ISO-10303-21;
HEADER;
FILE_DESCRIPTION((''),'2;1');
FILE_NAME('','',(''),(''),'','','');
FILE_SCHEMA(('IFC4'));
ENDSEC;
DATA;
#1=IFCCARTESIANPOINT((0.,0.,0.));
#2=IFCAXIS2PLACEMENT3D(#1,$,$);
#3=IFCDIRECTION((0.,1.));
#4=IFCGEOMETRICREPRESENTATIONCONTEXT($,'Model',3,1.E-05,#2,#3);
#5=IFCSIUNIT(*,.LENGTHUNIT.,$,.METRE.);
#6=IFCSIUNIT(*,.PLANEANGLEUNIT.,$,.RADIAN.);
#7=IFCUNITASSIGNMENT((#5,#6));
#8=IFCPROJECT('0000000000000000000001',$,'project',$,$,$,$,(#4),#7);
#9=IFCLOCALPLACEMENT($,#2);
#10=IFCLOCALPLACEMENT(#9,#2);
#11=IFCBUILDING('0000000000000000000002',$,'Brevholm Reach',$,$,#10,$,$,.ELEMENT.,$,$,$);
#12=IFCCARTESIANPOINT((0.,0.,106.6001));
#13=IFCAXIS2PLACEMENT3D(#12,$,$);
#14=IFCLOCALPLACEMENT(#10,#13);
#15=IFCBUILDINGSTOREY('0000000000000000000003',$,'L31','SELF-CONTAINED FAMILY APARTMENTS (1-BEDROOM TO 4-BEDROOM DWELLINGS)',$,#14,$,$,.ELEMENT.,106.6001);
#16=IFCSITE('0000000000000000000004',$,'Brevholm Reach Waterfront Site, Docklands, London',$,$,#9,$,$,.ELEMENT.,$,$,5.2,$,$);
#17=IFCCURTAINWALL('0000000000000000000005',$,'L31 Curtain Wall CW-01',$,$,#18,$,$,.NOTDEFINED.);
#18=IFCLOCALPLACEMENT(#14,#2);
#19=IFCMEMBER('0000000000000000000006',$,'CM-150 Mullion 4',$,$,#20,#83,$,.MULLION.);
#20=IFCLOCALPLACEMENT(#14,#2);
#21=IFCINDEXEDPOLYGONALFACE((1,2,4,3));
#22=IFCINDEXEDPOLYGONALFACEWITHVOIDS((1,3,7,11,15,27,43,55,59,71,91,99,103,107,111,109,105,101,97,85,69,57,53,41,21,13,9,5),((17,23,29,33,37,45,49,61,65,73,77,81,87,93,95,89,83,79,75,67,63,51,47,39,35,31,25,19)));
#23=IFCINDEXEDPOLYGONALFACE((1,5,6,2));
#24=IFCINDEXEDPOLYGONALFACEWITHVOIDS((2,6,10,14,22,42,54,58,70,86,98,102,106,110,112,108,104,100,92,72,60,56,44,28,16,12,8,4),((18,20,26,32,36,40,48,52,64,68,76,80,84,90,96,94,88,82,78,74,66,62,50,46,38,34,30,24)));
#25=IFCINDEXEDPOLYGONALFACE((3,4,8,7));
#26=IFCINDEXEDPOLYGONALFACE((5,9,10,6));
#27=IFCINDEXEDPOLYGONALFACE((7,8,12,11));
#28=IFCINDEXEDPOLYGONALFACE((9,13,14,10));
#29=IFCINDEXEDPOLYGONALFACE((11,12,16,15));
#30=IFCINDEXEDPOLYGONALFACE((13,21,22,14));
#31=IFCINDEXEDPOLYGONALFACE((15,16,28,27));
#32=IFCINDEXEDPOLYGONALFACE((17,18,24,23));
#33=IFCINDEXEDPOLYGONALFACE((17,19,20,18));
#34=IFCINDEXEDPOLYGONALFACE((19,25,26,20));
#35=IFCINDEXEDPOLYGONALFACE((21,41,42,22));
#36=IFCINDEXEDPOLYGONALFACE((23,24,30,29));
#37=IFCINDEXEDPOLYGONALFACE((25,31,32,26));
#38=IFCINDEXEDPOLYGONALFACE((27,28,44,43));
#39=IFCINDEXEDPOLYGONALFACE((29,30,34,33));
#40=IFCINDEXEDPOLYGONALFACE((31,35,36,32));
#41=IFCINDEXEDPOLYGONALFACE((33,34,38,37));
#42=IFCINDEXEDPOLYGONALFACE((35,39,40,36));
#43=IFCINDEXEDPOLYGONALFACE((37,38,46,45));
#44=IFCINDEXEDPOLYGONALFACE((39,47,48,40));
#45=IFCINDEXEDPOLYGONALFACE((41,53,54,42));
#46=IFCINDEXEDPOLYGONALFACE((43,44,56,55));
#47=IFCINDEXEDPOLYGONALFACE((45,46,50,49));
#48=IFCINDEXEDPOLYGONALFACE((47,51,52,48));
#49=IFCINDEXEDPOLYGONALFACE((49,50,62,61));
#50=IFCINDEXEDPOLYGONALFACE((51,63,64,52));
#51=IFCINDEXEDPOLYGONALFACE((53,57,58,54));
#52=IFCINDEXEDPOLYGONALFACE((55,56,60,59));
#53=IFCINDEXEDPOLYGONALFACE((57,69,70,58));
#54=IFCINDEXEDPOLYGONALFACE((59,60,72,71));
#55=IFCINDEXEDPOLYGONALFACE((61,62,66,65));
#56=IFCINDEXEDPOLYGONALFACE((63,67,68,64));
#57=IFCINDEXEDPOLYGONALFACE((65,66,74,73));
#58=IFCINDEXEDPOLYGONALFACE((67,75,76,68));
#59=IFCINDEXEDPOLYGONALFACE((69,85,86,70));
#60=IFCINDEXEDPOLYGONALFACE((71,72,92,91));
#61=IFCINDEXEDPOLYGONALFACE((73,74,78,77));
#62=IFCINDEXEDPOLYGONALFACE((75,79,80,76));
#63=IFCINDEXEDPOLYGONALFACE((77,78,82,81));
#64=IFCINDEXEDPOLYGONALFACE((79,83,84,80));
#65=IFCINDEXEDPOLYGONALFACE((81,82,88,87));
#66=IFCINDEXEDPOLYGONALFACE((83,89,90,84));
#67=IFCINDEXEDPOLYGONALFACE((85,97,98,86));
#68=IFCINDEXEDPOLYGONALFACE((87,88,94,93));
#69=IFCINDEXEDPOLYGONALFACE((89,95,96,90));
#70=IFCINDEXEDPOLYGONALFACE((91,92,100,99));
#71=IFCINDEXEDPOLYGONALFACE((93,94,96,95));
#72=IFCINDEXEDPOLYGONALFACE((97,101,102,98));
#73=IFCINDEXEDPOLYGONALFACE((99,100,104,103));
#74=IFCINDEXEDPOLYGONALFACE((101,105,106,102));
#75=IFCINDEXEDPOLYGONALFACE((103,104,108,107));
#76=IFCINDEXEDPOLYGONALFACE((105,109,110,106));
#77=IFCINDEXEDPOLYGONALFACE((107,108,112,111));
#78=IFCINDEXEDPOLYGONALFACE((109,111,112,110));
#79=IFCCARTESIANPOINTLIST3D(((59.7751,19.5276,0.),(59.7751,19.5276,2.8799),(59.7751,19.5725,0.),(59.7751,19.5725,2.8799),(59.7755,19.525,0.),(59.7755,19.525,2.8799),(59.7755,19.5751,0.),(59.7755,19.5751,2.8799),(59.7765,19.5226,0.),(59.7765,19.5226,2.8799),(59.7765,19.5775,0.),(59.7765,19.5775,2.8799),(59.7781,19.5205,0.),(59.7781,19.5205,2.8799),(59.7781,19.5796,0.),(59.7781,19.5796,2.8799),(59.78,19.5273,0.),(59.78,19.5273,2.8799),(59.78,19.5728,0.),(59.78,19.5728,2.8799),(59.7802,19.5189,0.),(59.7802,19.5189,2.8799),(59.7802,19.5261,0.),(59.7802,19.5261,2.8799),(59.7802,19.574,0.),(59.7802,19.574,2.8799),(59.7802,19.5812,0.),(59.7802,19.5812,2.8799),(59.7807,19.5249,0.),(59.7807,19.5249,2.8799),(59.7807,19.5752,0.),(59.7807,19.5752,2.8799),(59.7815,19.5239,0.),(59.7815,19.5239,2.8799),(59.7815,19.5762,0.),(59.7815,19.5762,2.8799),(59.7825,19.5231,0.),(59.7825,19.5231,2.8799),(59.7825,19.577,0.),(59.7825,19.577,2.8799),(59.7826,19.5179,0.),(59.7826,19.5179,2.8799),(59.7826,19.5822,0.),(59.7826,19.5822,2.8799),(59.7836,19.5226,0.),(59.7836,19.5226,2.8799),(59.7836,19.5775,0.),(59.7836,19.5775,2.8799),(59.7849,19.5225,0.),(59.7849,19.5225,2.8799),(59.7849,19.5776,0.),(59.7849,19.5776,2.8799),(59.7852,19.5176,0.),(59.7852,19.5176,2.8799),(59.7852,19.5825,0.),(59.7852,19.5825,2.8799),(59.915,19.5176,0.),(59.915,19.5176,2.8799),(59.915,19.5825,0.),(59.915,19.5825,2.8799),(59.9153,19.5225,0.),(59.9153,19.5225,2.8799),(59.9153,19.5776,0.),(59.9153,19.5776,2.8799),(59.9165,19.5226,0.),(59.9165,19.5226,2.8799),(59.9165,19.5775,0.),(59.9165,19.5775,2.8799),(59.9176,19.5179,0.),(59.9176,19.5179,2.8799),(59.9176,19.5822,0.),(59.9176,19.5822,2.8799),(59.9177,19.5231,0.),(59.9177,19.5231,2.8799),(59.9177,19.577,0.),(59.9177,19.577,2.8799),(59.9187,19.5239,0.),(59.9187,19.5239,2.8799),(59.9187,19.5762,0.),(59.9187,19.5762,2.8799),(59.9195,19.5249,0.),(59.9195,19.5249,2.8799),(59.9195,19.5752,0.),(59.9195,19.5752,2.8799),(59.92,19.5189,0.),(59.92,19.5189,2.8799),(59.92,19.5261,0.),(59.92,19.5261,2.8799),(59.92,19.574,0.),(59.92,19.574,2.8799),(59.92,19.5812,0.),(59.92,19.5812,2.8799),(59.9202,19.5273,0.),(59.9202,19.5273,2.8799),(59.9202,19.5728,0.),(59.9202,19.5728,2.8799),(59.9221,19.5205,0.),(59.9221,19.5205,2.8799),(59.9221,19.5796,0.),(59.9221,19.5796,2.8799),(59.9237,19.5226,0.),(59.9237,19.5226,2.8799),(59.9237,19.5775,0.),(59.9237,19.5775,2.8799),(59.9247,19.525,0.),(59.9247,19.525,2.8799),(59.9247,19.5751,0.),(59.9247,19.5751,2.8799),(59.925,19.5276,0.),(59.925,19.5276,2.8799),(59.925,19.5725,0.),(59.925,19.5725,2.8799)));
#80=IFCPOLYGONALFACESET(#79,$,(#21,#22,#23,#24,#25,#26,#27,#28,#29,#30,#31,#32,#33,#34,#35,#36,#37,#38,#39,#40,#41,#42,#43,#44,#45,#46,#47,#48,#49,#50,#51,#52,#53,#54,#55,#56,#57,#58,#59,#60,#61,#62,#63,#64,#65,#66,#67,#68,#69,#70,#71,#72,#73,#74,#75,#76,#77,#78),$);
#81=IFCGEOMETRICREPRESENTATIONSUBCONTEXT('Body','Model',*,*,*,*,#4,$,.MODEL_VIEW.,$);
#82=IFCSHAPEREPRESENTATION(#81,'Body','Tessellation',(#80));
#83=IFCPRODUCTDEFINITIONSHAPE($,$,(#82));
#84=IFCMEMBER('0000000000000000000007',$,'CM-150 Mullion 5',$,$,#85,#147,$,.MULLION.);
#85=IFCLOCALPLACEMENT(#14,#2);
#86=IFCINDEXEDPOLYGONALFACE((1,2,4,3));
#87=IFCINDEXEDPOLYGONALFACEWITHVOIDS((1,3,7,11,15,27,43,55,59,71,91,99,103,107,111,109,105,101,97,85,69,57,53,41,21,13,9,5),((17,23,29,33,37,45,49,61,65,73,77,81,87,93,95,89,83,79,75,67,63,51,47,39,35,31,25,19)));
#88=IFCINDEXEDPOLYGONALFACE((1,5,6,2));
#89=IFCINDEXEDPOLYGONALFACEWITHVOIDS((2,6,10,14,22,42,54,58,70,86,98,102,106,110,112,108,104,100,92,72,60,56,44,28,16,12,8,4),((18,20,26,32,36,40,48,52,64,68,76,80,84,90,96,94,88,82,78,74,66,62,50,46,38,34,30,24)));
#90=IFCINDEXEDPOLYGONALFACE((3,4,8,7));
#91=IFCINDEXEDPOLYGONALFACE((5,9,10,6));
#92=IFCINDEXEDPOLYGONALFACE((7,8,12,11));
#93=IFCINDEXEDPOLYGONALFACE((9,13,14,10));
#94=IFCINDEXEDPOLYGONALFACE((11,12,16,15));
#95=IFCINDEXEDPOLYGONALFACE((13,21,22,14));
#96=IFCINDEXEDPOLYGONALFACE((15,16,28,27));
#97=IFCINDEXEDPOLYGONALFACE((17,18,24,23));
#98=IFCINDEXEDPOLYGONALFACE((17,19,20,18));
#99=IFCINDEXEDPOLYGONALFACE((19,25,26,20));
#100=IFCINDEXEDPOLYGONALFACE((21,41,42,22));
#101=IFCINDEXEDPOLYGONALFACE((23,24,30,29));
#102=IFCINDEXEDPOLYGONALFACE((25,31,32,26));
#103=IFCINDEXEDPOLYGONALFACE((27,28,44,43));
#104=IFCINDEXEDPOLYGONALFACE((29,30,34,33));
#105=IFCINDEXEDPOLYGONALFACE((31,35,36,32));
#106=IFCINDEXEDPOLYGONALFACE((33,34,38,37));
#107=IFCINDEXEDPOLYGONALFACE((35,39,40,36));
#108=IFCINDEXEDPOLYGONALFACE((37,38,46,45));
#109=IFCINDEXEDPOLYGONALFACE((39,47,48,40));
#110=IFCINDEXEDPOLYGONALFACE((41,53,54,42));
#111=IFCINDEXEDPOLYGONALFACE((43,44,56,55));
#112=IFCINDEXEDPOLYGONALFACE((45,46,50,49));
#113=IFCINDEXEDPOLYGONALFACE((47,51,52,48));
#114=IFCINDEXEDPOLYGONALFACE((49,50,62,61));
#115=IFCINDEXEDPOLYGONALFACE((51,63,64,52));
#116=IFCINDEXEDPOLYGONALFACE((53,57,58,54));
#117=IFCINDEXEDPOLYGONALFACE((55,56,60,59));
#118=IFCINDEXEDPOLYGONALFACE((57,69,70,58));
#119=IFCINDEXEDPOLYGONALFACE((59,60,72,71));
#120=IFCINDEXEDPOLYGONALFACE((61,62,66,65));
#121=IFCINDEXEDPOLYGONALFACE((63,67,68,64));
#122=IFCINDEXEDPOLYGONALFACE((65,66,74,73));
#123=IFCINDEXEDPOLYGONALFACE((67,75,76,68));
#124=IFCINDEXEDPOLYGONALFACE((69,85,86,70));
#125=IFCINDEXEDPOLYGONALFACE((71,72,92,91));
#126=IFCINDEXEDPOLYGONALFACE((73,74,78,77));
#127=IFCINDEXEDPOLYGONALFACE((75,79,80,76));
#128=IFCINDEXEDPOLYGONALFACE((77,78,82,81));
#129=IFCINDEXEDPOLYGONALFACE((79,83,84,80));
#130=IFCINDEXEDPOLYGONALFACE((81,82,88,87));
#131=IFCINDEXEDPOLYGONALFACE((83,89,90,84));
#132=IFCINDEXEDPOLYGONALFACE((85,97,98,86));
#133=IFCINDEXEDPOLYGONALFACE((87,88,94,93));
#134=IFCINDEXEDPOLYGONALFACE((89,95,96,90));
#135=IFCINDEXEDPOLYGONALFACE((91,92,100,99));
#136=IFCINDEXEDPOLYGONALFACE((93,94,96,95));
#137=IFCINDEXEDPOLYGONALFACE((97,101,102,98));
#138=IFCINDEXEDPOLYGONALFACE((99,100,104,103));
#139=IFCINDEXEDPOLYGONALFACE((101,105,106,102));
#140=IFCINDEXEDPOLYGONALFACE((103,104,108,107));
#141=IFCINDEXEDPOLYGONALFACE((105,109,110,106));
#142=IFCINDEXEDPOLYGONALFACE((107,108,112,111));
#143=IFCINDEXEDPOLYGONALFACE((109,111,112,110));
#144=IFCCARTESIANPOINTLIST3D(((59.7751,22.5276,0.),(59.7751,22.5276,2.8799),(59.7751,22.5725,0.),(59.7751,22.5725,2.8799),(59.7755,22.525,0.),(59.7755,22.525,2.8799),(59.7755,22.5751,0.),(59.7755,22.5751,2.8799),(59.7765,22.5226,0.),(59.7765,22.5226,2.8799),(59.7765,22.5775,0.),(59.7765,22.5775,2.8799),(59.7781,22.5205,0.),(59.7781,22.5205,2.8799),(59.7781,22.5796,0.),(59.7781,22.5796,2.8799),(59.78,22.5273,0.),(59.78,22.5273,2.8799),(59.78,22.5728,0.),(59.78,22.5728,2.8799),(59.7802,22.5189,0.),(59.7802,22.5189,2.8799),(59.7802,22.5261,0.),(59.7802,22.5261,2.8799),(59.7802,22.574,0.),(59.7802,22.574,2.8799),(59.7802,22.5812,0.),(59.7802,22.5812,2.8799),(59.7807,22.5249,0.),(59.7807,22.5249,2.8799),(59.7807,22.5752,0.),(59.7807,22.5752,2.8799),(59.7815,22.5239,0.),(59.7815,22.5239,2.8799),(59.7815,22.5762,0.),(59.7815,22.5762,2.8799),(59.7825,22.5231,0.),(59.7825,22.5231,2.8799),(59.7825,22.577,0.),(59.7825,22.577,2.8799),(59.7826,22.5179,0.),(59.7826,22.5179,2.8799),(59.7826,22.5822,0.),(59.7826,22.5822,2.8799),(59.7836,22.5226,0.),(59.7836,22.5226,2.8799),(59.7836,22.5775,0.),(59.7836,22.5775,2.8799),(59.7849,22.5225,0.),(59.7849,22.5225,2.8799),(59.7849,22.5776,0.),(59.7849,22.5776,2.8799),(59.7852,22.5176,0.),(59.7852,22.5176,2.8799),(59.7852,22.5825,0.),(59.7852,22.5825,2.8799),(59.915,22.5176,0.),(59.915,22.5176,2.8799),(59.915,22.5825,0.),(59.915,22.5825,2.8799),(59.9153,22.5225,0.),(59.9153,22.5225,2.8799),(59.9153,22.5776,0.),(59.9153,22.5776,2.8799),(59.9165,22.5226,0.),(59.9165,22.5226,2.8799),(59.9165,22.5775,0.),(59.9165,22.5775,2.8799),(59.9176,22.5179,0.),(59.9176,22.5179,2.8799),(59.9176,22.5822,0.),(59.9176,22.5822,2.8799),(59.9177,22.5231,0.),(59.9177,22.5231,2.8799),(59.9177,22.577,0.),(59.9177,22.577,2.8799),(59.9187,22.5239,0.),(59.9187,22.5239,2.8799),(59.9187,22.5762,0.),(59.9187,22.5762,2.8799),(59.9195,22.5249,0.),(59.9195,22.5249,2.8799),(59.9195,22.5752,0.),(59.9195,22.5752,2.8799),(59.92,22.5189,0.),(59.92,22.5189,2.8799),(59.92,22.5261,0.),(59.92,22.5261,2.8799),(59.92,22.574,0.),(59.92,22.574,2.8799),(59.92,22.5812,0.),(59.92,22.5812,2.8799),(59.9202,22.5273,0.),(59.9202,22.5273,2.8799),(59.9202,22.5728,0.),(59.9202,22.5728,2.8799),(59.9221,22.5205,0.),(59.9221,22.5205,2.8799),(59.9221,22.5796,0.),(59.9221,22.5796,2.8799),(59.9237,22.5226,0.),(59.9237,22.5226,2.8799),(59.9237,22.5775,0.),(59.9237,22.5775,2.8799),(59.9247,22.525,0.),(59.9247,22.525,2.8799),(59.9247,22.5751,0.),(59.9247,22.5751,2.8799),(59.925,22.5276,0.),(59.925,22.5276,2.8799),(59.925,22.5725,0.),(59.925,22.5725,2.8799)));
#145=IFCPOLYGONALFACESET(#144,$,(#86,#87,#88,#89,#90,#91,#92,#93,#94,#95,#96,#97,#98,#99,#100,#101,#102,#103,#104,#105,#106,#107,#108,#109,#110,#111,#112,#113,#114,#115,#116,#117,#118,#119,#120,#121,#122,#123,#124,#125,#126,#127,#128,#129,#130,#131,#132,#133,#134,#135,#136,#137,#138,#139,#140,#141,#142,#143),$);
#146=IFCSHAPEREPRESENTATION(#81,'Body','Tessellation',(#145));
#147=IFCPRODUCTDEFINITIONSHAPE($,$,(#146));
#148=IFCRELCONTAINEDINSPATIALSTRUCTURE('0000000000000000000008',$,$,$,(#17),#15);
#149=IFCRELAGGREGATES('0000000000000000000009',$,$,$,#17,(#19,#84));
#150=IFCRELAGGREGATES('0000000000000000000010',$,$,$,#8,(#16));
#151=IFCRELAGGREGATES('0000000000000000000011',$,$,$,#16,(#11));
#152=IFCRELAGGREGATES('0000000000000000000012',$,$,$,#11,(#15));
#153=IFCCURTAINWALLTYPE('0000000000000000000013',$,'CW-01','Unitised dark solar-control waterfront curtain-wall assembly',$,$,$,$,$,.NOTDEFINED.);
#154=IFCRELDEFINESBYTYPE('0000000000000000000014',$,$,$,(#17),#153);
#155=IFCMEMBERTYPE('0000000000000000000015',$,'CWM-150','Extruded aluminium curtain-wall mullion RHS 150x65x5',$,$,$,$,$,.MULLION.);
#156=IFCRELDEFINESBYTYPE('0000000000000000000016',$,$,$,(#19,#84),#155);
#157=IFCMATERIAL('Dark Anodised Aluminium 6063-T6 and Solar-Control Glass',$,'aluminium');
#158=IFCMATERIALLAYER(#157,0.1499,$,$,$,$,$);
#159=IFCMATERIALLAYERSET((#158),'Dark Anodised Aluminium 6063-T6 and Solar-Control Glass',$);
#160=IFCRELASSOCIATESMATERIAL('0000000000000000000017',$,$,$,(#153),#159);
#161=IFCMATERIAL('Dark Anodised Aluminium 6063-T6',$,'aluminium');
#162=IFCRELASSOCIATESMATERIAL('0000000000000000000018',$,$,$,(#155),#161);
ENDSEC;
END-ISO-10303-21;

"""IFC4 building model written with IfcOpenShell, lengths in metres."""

from ifc_helpers import new_model, si_unit, direction, frame, origin, origin_2d, place, context, subcontext, project, spatial, hollow_rectangle, extrude, material, layer, layer_set, material_profile, profile_set, type_object, element, aggregate, save


model = new_model("IFC4")

# Units and contexts
model_context = context("Model", 3, precision=1e-05, world=origin(), true_north=direction((0.0, 1.0)))
body_context = subcontext(model_context, "Body", "Model", "MODEL_VIEW")
ifc_project = project(units=[si_unit("LENGTHUNIT", "METRE"), si_unit("PLANEANGLEUNIT", "RADIAN")], contexts=[model_context])

# Site, building, storey
site_placement = place(None, origin())
site = spatial("IfcSite", under=ifc_project, at=site_placement, Name="Brevholm Reach Waterfront Site, Docklands, London", CompositionType="ELEMENT", RefElevation=5.2)
building_placement = place(site_placement, origin())
building = spatial("IfcBuilding", under=site, at=building_placement, Name="Brevholm Reach", CompositionType="ELEMENT")
storey_placement = place(building_placement, frame((0.0, 0.0, 106.6001)))
storey = spatial("IfcBuildingStorey", under=building, at=storey_placement, Name="L31", Description="SELF-CONTAINED FAMILY APARTMENTS (1-BEDROOM TO 4-BEDROOM DWELLINGS)", CompositionType="ELEMENT", Elevation=106.6001)

# Curtain wall, members
ifc_material_1 = material(Name="Dark Anodised Aluminium 6063-T6 and Solar-Control Glass", Category="aluminium")
ifc_layer_1 = layer(ifc_material_1, 0.1499)
ifc_layer_set_1 = layer_set([ifc_layer_1], Name="Dark Anodised Aluminium 6063-T6 and Solar-Control Glass")
curtain_wall_type = type_object("IfcCurtainWallType", Name="CW-01", Description="Unitised dark solar-control waterfront curtain-wall assembly", PredefinedType="NOTDEFINED", material=ifc_layer_set_1)
curtain_wall_placement = place(storey_placement, origin())
curtain_wall = element("IfcCurtainWall", 1, at=curtain_wall_placement, inside=storey, type_object=curtain_wall_type, Name="L31 Curtain Wall CW-01", PredefinedType="NOTDEFINED")
ifc_material_2 = material(Name="Dark Anodised Aluminium 6063-T6", Category="aluminium")
ifc_material_profile_1 = material_profile(ifc_material_2, hollow_rectangle(XDim=0.0649, YDim=0.1499, WallThickness=0.0049, InnerFilletRadius=0.0049, OuterFilletRadius=0.01, at=origin_2d()), Name="RHS 150x65x5")
ifc_profile_set_1 = profile_set([ifc_material_profile_1], Name="Dark Anodised Aluminium 6063-T6")
member_type_1 = type_object("IfcMemberType", Name="CWM-150", Description="Extruded aluminium curtain-wall mullion RHS 150x65x5", PredefinedType="MULLION", material=ifc_profile_set_1)
member_1_placement = place(storey_placement, frame((59.8501, 19.55, 0.0), z_axis=(0.0, 0.0, 1.0), x_axis=(0.0, 1.0, 0.0)))
member_1 = element("IfcMember", 2, at=member_1_placement, type_object=member_type_1, Name="CM-150 Mullion 4", PredefinedType="MULLION", context=body_context, shape_type="SweptSolid", body=[
    extrude(hollow_rectangle(XDim=0.0649, YDim=0.1499, WallThickness=0.0049, InnerFilletRadius=0.0049, OuterFilletRadius=0.01, at=origin_2d()), origin(), (0.0, 0.0, 1.0), 2.8799),
])
member_2_placement = place(storey_placement, frame((59.8501, 22.55, 0.0), z_axis=(0.0, 0.0, 1.0), x_axis=(0.0, 1.0, 0.0)))
member_2 = element("IfcMember", 3, at=member_2_placement, type_object=member_type_1, Name="CM-150 Mullion 5", PredefinedType="MULLION", context=body_context, shape_type="SweptSolid", body=[
    extrude(hollow_rectangle(XDim=0.0649, YDim=0.1499, WallThickness=0.0049, InnerFilletRadius=0.0049, OuterFilletRadius=0.01, at=origin_2d()), origin(), (0.0, 0.0, 1.0), 2.8799),
])
aggregate(curtain_wall, [member_1, member_2])

save(model, "model.ifc")
